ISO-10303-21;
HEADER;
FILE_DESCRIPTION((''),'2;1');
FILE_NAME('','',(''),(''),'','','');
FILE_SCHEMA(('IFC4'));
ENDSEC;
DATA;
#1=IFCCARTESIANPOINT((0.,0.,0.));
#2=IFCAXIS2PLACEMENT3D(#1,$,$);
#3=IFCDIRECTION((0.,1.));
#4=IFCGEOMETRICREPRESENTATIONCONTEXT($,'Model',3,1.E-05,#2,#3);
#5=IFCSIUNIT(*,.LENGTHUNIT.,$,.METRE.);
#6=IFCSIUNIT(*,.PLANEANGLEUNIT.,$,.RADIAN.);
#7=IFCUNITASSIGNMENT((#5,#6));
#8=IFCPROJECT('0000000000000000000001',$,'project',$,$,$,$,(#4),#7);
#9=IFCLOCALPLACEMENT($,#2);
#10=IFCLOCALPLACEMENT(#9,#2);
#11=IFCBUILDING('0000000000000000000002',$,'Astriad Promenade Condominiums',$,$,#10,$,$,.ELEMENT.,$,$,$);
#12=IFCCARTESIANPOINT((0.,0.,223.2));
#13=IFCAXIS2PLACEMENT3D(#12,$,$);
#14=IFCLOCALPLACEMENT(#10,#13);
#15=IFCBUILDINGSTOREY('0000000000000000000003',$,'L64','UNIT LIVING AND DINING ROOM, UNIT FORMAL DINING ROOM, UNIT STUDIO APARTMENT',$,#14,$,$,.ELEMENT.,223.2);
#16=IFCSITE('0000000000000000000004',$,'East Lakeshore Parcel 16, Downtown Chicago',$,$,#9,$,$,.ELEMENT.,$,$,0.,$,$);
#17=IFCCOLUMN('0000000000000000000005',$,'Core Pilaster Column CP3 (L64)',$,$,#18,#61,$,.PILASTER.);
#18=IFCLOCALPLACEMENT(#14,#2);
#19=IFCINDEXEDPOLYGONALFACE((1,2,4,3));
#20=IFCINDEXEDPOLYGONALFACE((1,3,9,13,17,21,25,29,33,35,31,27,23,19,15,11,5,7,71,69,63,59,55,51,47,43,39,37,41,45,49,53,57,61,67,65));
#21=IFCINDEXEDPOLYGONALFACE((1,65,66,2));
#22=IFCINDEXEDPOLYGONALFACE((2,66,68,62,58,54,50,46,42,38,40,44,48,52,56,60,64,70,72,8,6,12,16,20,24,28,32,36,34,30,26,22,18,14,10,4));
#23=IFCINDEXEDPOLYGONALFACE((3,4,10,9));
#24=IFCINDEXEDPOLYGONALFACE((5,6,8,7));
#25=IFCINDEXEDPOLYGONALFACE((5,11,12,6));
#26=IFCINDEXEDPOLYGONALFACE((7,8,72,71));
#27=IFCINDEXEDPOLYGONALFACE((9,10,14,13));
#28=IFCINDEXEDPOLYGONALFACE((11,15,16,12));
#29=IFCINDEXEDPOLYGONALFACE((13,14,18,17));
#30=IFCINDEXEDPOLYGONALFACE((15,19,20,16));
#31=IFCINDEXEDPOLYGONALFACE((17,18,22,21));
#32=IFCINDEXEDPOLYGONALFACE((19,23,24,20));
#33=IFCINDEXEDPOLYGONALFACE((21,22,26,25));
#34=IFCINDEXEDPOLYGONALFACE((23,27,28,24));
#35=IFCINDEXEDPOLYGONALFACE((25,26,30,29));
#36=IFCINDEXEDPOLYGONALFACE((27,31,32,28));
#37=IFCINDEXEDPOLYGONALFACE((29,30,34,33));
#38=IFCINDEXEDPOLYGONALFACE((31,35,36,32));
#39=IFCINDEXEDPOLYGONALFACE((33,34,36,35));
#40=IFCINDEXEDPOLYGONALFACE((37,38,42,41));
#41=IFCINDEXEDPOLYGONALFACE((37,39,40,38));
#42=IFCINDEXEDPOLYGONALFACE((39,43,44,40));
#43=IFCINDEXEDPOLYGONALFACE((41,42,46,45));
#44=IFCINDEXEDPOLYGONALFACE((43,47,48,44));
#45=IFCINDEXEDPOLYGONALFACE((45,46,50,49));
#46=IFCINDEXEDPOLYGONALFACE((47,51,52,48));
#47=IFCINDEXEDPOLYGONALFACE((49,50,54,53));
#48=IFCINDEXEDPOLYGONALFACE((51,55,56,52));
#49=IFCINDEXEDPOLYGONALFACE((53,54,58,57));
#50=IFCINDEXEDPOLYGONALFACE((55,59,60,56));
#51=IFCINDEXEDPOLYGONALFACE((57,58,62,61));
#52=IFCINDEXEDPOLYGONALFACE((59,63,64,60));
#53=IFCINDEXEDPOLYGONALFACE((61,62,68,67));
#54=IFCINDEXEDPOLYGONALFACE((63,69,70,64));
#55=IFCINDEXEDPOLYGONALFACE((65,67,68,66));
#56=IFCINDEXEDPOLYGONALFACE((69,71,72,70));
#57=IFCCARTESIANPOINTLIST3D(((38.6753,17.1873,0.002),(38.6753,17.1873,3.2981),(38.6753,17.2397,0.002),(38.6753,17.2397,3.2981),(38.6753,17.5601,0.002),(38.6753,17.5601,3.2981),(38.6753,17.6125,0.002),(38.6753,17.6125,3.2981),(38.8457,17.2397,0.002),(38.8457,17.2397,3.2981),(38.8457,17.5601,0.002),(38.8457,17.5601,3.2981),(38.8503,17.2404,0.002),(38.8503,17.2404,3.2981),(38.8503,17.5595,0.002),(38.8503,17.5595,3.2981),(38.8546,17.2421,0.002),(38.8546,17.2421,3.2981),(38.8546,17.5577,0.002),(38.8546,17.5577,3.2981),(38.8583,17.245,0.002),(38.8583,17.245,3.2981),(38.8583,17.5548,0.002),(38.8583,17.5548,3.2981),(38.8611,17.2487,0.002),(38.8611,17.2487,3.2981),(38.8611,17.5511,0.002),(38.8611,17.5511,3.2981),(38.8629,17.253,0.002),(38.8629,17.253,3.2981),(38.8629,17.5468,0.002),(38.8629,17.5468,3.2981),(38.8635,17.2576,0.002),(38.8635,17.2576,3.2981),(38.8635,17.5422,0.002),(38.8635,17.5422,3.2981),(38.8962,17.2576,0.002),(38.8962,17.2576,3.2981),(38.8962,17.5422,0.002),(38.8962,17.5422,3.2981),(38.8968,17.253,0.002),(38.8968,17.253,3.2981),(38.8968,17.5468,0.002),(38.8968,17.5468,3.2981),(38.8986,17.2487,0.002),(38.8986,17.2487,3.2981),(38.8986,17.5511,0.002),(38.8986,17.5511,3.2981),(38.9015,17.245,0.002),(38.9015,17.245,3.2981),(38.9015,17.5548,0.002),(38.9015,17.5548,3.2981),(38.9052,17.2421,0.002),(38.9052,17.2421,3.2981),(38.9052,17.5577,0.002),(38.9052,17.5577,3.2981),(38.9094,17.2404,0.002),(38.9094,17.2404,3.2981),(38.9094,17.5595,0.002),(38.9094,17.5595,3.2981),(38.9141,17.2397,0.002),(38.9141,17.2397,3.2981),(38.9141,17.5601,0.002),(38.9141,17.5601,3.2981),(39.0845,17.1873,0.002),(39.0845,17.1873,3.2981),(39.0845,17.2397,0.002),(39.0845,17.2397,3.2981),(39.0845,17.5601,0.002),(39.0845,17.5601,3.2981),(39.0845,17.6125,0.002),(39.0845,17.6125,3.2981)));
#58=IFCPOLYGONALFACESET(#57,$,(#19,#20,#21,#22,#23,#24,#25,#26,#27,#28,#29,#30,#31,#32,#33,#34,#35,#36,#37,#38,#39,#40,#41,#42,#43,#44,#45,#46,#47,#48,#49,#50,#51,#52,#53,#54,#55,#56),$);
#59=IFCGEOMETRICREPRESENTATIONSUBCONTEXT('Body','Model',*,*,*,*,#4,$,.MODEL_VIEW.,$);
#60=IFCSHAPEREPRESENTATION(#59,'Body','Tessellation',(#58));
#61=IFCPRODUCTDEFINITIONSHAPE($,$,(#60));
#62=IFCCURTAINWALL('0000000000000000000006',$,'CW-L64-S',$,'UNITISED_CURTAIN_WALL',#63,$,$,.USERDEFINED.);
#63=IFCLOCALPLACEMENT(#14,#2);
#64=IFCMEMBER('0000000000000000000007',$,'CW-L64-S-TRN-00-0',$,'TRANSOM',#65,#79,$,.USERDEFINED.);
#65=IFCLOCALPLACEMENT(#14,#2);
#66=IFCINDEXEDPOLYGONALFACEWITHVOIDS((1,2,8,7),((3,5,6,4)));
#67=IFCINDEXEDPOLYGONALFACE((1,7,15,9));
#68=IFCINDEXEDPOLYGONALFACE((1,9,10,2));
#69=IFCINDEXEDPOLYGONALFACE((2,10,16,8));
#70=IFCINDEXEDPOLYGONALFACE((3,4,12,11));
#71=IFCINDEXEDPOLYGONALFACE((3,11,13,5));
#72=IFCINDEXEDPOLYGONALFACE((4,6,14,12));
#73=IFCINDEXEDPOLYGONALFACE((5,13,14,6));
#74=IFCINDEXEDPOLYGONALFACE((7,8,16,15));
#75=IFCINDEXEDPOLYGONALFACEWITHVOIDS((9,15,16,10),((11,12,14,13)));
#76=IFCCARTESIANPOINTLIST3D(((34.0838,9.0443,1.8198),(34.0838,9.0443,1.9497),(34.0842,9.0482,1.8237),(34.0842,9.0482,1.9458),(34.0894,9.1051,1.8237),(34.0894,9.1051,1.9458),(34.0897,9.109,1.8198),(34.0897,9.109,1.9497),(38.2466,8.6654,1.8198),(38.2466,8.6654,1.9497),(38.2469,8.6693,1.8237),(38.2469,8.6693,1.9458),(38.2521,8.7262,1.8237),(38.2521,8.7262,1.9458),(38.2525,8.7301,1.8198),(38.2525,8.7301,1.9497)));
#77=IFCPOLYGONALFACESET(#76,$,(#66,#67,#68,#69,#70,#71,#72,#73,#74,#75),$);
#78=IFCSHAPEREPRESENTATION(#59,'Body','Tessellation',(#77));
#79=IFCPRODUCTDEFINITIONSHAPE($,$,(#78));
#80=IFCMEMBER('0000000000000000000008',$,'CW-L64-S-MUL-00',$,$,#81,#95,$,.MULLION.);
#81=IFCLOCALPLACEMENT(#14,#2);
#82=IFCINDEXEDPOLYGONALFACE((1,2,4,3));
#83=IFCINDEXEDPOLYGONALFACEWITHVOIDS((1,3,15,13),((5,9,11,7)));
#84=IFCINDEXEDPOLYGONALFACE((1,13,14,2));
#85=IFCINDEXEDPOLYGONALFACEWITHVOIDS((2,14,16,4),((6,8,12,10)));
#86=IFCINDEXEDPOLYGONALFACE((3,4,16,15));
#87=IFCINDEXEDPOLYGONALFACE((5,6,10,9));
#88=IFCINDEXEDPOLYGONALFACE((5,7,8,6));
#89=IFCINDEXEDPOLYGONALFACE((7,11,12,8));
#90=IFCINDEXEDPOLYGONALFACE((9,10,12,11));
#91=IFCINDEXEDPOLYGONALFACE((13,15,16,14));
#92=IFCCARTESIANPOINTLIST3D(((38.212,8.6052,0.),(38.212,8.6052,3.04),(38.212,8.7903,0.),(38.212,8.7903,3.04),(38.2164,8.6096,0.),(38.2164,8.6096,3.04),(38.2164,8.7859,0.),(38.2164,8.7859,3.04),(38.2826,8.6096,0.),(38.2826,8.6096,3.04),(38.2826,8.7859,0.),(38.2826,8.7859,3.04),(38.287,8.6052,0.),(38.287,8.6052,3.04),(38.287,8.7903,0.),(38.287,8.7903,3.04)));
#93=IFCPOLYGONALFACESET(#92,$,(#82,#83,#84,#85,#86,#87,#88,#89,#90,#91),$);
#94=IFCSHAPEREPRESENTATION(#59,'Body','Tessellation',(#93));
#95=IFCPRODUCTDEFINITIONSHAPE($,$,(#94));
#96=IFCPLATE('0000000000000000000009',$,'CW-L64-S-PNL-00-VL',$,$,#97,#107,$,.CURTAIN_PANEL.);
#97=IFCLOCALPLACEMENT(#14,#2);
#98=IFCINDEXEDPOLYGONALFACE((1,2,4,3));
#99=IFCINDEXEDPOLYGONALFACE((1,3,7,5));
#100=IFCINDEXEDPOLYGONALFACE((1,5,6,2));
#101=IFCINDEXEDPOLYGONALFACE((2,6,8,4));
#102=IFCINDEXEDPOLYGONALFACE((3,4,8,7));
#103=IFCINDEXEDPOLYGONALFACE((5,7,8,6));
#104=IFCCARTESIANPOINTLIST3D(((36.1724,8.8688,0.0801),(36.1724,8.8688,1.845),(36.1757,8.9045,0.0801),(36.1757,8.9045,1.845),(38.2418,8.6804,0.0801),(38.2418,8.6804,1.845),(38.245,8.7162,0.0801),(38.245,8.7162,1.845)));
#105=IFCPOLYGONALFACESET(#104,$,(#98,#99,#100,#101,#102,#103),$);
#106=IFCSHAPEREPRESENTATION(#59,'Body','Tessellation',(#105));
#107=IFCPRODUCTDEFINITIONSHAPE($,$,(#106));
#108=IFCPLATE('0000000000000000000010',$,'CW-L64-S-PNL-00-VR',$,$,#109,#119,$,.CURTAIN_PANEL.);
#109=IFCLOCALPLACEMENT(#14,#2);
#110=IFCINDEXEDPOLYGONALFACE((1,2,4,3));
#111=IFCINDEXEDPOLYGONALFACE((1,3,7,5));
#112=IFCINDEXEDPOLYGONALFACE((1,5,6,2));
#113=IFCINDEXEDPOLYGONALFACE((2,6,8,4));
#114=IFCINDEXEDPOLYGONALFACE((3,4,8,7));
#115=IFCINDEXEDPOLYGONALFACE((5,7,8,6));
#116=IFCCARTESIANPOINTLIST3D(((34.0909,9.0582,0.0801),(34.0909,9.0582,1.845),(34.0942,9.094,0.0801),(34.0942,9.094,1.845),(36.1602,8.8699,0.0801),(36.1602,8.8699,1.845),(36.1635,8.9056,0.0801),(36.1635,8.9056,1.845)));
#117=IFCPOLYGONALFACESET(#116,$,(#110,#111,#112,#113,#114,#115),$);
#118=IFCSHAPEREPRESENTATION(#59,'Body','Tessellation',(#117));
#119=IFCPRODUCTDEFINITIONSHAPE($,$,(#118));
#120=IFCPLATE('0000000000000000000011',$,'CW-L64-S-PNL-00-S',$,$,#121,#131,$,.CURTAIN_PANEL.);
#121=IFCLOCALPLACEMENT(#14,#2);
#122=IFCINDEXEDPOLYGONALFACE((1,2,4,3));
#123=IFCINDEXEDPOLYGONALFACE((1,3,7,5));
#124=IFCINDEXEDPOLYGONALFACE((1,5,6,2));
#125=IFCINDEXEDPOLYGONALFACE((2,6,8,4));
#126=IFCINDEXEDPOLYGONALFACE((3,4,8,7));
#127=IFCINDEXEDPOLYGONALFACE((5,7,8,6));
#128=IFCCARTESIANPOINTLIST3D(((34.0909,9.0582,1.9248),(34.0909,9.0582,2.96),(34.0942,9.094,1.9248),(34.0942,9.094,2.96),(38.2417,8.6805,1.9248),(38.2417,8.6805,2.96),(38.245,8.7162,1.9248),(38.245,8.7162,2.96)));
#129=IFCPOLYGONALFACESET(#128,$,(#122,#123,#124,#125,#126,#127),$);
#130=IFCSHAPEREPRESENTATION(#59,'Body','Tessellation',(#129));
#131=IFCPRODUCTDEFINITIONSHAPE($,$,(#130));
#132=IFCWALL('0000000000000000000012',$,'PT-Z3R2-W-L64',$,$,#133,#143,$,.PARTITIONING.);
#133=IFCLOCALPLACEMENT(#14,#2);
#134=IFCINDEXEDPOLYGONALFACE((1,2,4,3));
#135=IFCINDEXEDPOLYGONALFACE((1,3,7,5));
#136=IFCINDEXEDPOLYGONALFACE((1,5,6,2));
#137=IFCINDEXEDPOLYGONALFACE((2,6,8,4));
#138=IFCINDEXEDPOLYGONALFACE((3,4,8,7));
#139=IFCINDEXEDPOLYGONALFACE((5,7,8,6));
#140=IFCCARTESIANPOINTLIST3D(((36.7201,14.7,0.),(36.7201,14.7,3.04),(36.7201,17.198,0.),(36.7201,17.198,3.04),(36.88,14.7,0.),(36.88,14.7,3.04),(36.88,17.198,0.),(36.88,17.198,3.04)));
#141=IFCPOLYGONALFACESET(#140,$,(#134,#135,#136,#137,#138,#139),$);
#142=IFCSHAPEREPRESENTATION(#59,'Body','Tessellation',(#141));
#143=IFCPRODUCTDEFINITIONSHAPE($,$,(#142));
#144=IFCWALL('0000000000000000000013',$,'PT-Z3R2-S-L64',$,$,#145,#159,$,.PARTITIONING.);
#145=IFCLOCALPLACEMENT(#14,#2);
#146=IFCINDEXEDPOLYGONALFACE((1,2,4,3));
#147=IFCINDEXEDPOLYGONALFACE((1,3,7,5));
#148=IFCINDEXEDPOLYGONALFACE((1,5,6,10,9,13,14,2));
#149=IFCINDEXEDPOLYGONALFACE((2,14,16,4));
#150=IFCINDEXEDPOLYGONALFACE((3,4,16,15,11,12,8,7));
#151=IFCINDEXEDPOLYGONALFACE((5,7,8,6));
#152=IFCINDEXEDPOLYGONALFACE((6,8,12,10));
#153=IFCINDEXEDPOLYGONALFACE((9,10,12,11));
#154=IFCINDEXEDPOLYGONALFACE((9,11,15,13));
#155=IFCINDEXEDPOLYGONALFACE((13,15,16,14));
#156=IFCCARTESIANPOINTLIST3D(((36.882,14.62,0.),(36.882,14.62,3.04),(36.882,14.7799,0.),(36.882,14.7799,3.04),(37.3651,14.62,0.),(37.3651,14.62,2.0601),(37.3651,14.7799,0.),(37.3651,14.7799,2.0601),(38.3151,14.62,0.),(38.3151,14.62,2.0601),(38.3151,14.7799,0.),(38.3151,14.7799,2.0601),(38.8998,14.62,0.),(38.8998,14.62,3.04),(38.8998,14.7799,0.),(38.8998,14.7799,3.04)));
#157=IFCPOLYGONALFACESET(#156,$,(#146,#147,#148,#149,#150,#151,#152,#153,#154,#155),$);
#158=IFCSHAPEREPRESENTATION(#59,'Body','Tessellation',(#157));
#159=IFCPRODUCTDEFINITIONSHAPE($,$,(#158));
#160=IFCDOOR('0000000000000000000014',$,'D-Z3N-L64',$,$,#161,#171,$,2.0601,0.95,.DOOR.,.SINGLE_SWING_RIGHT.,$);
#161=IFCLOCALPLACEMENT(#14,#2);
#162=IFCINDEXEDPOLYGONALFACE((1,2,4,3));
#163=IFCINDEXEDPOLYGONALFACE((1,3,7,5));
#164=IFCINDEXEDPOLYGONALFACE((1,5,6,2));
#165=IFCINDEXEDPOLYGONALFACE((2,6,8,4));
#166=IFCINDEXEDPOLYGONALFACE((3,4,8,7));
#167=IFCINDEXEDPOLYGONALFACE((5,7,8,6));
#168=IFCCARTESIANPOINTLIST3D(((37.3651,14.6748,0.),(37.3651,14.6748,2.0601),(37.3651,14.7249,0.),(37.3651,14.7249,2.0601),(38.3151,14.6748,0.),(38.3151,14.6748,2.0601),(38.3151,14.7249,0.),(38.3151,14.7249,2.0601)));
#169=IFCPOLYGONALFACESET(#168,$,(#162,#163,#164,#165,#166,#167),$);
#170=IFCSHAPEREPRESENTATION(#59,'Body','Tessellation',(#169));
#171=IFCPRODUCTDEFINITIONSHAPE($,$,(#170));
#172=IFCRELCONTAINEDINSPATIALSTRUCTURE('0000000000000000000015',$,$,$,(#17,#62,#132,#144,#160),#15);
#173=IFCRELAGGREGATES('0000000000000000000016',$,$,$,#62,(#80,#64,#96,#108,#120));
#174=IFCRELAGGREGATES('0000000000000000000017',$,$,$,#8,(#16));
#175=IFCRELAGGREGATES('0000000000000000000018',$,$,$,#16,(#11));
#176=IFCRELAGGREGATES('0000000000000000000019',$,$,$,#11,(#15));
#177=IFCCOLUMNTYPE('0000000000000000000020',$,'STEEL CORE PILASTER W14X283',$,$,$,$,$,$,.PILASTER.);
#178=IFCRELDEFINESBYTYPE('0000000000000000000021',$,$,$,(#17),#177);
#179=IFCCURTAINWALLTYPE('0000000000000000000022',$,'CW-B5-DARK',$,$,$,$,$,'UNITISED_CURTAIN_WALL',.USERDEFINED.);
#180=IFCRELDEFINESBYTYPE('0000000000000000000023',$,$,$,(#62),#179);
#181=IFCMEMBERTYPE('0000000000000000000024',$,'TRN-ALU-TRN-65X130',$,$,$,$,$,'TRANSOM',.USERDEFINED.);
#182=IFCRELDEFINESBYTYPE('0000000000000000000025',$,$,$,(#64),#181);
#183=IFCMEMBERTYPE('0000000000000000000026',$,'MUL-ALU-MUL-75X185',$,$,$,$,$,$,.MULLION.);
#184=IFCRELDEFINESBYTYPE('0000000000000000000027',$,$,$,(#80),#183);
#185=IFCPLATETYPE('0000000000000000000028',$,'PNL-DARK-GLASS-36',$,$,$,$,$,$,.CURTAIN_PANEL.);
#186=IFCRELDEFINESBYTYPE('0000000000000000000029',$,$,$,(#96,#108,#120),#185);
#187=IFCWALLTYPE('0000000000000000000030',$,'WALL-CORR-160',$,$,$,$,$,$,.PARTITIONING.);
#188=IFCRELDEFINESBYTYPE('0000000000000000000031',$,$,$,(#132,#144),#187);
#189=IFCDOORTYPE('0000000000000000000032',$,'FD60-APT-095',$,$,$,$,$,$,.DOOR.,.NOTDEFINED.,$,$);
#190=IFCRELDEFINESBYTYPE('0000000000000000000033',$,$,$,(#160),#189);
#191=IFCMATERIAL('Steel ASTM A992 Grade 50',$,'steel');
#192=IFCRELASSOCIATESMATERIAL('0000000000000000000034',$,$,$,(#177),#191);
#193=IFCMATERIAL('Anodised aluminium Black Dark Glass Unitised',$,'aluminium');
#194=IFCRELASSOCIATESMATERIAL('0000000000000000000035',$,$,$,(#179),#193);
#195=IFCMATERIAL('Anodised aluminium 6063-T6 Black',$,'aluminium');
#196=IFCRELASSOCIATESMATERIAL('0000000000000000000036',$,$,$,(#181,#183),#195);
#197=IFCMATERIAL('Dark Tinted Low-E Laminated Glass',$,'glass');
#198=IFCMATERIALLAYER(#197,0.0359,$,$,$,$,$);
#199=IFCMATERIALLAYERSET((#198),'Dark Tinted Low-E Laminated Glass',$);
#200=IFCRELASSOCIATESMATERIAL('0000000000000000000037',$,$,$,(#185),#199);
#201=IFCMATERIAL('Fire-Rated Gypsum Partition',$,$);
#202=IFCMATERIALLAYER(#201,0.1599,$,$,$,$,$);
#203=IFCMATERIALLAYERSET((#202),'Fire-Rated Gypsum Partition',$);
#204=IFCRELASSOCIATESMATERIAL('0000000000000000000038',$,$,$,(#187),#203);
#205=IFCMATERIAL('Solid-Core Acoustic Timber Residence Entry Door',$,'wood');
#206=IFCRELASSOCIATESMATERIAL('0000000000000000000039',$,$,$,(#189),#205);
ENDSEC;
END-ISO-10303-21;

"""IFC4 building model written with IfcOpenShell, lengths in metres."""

from ifc_helpers import new_model, si_unit, direction, frame, frame_2d, origin, origin_2d, place, context, subcontext, project, spatial, rectangle, hollow_rectangle, i_section, extrude, source, transform, mapped, material, layer, layer_set, material_profile, profile_set, type_object, type_shapes, element, fill, aggregate, save


model = new_model("IFC4")

# Units and contexts
model_context = context("Model", 3, precision=1e-05, world=origin(), true_north=direction((0.0, 1.0)))
body_context = subcontext(model_context, "Body", "Model", "MODEL_VIEW")
ifc_project = project(units=[si_unit("LENGTHUNIT", "METRE"), si_unit("PLANEANGLEUNIT", "RADIAN")], contexts=[model_context])

# Site, building, storey
site_placement = place(None, origin())
site = spatial("IfcSite", under=ifc_project, at=site_placement, Name="East Lakeshore Parcel 16, Downtown Chicago", CompositionType="ELEMENT", RefElevation=0.0)
building_placement = place(site_placement, origin())
building = spatial("IfcBuilding", under=site, at=building_placement, Name="Astriad Promenade Condominiums", CompositionType="ELEMENT")
storey_placement = place(building_placement, frame((0.0, 0.0, 223.2)))
storey = spatial("IfcBuildingStorey", under=building, at=storey_placement, Name="L64", Description="UNIT LIVING AND DINING ROOM, UNIT FORMAL DINING ROOM, UNIT STUDIO APARTMENT", CompositionType="ELEMENT", Elevation=223.2)

# Column
ifc_material_1 = material(Name="Steel ASTM A992 Grade 50", Category="steel")
ifc_material_profile_1 = material_profile(ifc_material_1, i_section(OverallWidth=0.4092, OverallDepth=0.4253, WebThickness=0.0327, FlangeThickness=0.0525, FilletRadius=0.0178, at=origin_2d()), Name="W14X283")
ifc_profile_set_1 = profile_set([ifc_material_profile_1], Name="Steel ASTM A992 Grade 50")
column_type = type_object("IfcColumnType", Name="STEEL CORE PILASTER W14X283", PredefinedType="PILASTER", material=ifc_profile_set_1)
shared_shape_1 = source(origin(), body_context, "Body", "SweptSolid", [
    extrude(i_section(OverallWidth=0.4092, OverallDepth=0.4253, WebThickness=0.0327, FlangeThickness=0.0525, FilletRadius=0.0178, at=origin_2d()), origin(), (0.0, 0.0, 1.0), 3.2961),
])
type_shapes(column_type, [shared_shape_1])
column_placement = place(storey_placement, frame((38.8799, 17.3999, 0.002), z_axis=(0.0, 0.0, 1.0), x_axis=(1.0, 0.0, 0.0)))
element("IfcColumn", 1, at=column_placement, inside=storey, type_object=column_type, Name="Core Pilaster Column CP3 (L64)", PredefinedType="PILASTER", context=body_context, shape_type="MappedRepresentation", body=[
    mapped(shared_shape_1, transform((0.0, 0.0, 0.0), scale=1.0)),
])

# Curtain wall, members, plates
ifc_material_2 = material(Name="Anodised aluminium Black Dark Glass Unitised", Category="aluminium")
curtain_wall_type = type_object("IfcCurtainWallType", Name="CW-B5-DARK", ElementType="UNITISED_CURTAIN_WALL", PredefinedType="USERDEFINED", material=ifc_material_2)
curtain_wall_placement = place(storey_placement, origin())
curtain_wall = element("IfcCurtainWall", 2, at=curtain_wall_placement, inside=storey, type_object=curtain_wall_type, Name="CW-L64-S", ObjectType="UNITISED_CURTAIN_WALL", PredefinedType="USERDEFINED")
ifc_material_3 = material(Name="Anodised aluminium 6063-T6 Black", Category="aluminium")
ifc_material_profile_2 = material_profile(ifc_material_3, hollow_rectangle(XDim=0.0649, YDim=0.1299, WallThickness=0.0039, at=origin_2d()), Name="ALU-TRN-65X130")
ifc_profile_set_2 = profile_set([ifc_material_profile_2], Name="Anodised aluminium 6063-T6 Black")
member_type_1 = type_object("IfcMemberType", Name="TRN-ALU-TRN-65X130", ElementType="TRANSOM", PredefinedType="USERDEFINED", material=ifc_profile_set_2)
shared_shape_2 = source(origin(), body_context, "Body", "SweptSolid", [
    extrude(hollow_rectangle(XDim=0.0649, YDim=0.1299, WallThickness=0.0039, at=origin_2d()), origin(), (0.0, 0.0, 1.0), 4.1799),
])
type_shapes(member_type_1, [shared_shape_2])
member_1_placement = place(storey_placement, frame((38.2495, 8.6978, 1.8848), z_axis=(-0.995883, 0.090646, 0.0), x_axis=(-0.090646, -0.995883, 0.0)))
member_1 = element("IfcMember", 3, at=member_1_placement, type_object=member_type_1, Name="CW-L64-S-TRN-00-0", ObjectType="TRANSOM", PredefinedType="USERDEFINED", context=body_context, shape_type="MappedRepresentation", body=[
    mapped(shared_shape_2, transform((0.0, 0.0, 0.0), scale=1.0)),
])
ifc_material_profile_3 = material_profile(ifc_material_3, hollow_rectangle(XDim=0.075, YDim=0.1851, WallThickness=0.0044, at=origin_2d()), Name="ALU-MUL-75X185")
ifc_profile_set_3 = profile_set([ifc_material_profile_3], Name="Anodised aluminium 6063-T6 Black")
member_type_2 = type_object("IfcMemberType", Name="MUL-ALU-MUL-75X185", PredefinedType="MULLION", material=ifc_profile_set_3)
shared_shape_3 = source(origin(), body_context, "Body", "SweptSolid", [
    extrude(hollow_rectangle(XDim=0.075, YDim=0.1851, WallThickness=0.0044, at=origin_2d()), origin(), (0.0, 0.0, 1.0), 3.04),
])
type_shapes(member_type_2, [shared_shape_3])
member_2_placement = place(storey_placement, frame((38.2495, 8.6978, 0.0), z_axis=(0.0, 0.0, 1.0), x_axis=(1.0, 0.0, 0.0)))
member_2 = element("IfcMember", 4, at=member_2_placement, type_object=member_type_2, Name="CW-L64-S-MUL-00", PredefinedType="MULLION", context=body_context, shape_type="MappedRepresentation", body=[
    mapped(shared_shape_3, transform((0.0, 0.0, 0.0), scale=1.0)),
])
ifc_material_4 = material(Name="Dark Tinted Low-E Laminated Glass", Category="glass")
ifc_layer_1 = layer(ifc_material_4, 0.0359)
ifc_layer_set_1 = layer_set([ifc_layer_1], Name="Dark Tinted Low-E Laminated Glass")
plate_type = type_object("IfcPlateType", Name="PNL-DARK-GLASS-36", PredefinedType="CURTAIN_PANEL", material=ifc_layer_set_1)
shared_shape_4 = source(origin(), body_context, "Body", "SweptSolid", [
    extrude(rectangle(XDim=2.0779, YDim=0.0359, at=origin_2d()), origin(), (0.0, 0.0, 1.0), 1.7649),
])
plate_1_placement = place(storey_placement, frame((37.2087, 8.7925, 0.0801), z_axis=(0.0, 0.0, 1.0), x_axis=(-0.995884, 0.090633, 0.0)))
plate_1 = element("IfcPlate", 5, at=plate_1_placement, type_object=plate_type, Name="CW-L64-S-PNL-00-VL", PredefinedType="CURTAIN_PANEL", context=body_context, shape_type="MappedRepresentation", body=[
    mapped(shared_shape_4, transform((0.0, 0.0, 0.0), scale=1.0)),
])
plate_2_placement = place(storey_placement, frame((35.1272, 8.9819, 0.0801), z_axis=(0.0, 0.0, 1.0), x_axis=(-0.995884, 0.090633, 0.0)))
plate_2 = element("IfcPlate", 6, at=plate_2_placement, type_object=plate_type, Name="CW-L64-S-PNL-00-VR", PredefinedType="CURTAIN_PANEL", context=body_context, shape_type="MappedRepresentation", body=[
    mapped(shared_shape_4, transform((0.0, 0.0, 0.0), scale=1.0)),
])
shared_shape_5 = source(origin(), body_context, "Body", "SweptSolid", [
    extrude(rectangle(XDim=4.168, YDim=0.0359, at=origin_2d()), origin(), (0.0, 0.0, 1.0), 1.0352),
])
type_shapes(plate_type, [shared_shape_4, shared_shape_5])
plate_3_placement = place(storey_placement, frame((36.168, 8.8872, 1.9248), z_axis=(0.0, 0.0, 1.0), x_axis=(-0.995884, 0.090633, 0.0)))
plate_3 = element("IfcPlate", 7, at=plate_3_placement, type_object=plate_type, Name="CW-L64-S-PNL-00-S", PredefinedType="CURTAIN_PANEL", context=body_context, shape_type="MappedRepresentation", body=[
    mapped(shared_shape_5, transform((0.0, 0.0, 0.0), scale=1.0)),
])
aggregate(curtain_wall, [member_2, member_1, plate_1, plate_2, plate_3])

# Wall
ifc_material_5 = material(Name="Fire-Rated Gypsum Partition")
ifc_layer_2 = layer(ifc_material_5, 0.1599)
ifc_layer_set_2 = layer_set([ifc_layer_2], Name="Fire-Rated Gypsum Partition")
wall_type_1 = type_object("IfcWallType", Name="WALL-CORR-160", PredefinedType="PARTITIONING", material=ifc_layer_set_2)
wall_1_placement = place(storey_placement, frame((36.8, 14.7, 0.0), z_axis=(0.0, 0.0, 1.0), x_axis=(0.0, 1.0, 0.0)))
element("IfcWall", 8, at=wall_1_placement, inside=storey, type_object=wall_type_1, Name="PT-Z3R2-W-L64", PredefinedType="PARTITIONING", context=body_context, shape_type="SweptSolid", body=[
    extrude(rectangle(XDim=2.498, YDim=0.1599, at=frame_2d((1.249, 0.0))), origin(), (0.0, 0.0, 1.0), 3.04),
])

# Wall, opening, door
wall_2_placement = place(storey_placement, frame((36.8821, 14.7, 0.0), z_axis=(0.0, 0.0, 1.0), x_axis=(1.0, 0.0, 0.0)))
wall_2 = element("IfcWall", 9, at=wall_2_placement, inside=storey, type_object=wall_type_1, Name="PT-Z3R2-S-L64", PredefinedType="PARTITIONING", context=body_context, shape_type="SweptSolid", body=[
    extrude(rectangle(XDim=2.0178, YDim=0.1599, at=frame_2d((1.0088, 0.0))), origin(), (0.0, 0.0, 1.0), 3.04),
])
opening_1_placement = place(wall_2_placement, frame((0.4829, 0.0, 0.0)))
opening_1 = element("IfcOpeningElement", 10, at=opening_1_placement, cuts=wall_2, PredefinedType="OPENING", context=body_context, shape_type="SweptSolid", body=[
    extrude(rectangle(XDim=0.95, YDim=2.0601, at=frame_2d((0.4751, 1.03))), frame((0.0, 0.0898, 0.0), z_axis=(0.0, -1.0, 0.0), x_axis=(1.0, 0.0, 0.0)), (0.0, 0.0, 1.0), 0.1799),
])
ifc_material_6 = material(Name="Solid-Core Acoustic Timber Residence Entry Door", Category="wood")
door_type_1 = type_object("IfcDoorType", Name="FD60-APT-095", OperationType="NOTDEFINED", PredefinedType="DOOR", material=ifc_material_6)
shared_shape_6 = source(origin(), body_context, "Body", "SweptSolid", [
    extrude(rectangle(XDim=0.95, YDim=2.0601, at=frame_2d((0.4751, 1.03))), frame((0.0, 0.0249, 0.0), z_axis=(0.0, -1.0, 0.0), x_axis=(1.0, 0.0, 0.0)), (0.0, 0.0, 1.0), 0.05),
])
type_shapes(door_type_1, [shared_shape_6])
door_1_placement = place(opening_1_placement, origin())
door_1 = element("IfcDoor", 11, at=door_1_placement, inside=storey, type_object=door_type_1, Name="D-Z3N-L64", OperationType="SINGLE_SWING_RIGHT", OverallHeight=2.0601, OverallWidth=0.95, PredefinedType="DOOR", context=body_context, shape_type="MappedRepresentation", body=[
    mapped(shared_shape_6, transform((0.0, 0.0, 0.0), scale=1.0)),
])
fill(opening_1, door_1)

save(model, "model.ifc")
